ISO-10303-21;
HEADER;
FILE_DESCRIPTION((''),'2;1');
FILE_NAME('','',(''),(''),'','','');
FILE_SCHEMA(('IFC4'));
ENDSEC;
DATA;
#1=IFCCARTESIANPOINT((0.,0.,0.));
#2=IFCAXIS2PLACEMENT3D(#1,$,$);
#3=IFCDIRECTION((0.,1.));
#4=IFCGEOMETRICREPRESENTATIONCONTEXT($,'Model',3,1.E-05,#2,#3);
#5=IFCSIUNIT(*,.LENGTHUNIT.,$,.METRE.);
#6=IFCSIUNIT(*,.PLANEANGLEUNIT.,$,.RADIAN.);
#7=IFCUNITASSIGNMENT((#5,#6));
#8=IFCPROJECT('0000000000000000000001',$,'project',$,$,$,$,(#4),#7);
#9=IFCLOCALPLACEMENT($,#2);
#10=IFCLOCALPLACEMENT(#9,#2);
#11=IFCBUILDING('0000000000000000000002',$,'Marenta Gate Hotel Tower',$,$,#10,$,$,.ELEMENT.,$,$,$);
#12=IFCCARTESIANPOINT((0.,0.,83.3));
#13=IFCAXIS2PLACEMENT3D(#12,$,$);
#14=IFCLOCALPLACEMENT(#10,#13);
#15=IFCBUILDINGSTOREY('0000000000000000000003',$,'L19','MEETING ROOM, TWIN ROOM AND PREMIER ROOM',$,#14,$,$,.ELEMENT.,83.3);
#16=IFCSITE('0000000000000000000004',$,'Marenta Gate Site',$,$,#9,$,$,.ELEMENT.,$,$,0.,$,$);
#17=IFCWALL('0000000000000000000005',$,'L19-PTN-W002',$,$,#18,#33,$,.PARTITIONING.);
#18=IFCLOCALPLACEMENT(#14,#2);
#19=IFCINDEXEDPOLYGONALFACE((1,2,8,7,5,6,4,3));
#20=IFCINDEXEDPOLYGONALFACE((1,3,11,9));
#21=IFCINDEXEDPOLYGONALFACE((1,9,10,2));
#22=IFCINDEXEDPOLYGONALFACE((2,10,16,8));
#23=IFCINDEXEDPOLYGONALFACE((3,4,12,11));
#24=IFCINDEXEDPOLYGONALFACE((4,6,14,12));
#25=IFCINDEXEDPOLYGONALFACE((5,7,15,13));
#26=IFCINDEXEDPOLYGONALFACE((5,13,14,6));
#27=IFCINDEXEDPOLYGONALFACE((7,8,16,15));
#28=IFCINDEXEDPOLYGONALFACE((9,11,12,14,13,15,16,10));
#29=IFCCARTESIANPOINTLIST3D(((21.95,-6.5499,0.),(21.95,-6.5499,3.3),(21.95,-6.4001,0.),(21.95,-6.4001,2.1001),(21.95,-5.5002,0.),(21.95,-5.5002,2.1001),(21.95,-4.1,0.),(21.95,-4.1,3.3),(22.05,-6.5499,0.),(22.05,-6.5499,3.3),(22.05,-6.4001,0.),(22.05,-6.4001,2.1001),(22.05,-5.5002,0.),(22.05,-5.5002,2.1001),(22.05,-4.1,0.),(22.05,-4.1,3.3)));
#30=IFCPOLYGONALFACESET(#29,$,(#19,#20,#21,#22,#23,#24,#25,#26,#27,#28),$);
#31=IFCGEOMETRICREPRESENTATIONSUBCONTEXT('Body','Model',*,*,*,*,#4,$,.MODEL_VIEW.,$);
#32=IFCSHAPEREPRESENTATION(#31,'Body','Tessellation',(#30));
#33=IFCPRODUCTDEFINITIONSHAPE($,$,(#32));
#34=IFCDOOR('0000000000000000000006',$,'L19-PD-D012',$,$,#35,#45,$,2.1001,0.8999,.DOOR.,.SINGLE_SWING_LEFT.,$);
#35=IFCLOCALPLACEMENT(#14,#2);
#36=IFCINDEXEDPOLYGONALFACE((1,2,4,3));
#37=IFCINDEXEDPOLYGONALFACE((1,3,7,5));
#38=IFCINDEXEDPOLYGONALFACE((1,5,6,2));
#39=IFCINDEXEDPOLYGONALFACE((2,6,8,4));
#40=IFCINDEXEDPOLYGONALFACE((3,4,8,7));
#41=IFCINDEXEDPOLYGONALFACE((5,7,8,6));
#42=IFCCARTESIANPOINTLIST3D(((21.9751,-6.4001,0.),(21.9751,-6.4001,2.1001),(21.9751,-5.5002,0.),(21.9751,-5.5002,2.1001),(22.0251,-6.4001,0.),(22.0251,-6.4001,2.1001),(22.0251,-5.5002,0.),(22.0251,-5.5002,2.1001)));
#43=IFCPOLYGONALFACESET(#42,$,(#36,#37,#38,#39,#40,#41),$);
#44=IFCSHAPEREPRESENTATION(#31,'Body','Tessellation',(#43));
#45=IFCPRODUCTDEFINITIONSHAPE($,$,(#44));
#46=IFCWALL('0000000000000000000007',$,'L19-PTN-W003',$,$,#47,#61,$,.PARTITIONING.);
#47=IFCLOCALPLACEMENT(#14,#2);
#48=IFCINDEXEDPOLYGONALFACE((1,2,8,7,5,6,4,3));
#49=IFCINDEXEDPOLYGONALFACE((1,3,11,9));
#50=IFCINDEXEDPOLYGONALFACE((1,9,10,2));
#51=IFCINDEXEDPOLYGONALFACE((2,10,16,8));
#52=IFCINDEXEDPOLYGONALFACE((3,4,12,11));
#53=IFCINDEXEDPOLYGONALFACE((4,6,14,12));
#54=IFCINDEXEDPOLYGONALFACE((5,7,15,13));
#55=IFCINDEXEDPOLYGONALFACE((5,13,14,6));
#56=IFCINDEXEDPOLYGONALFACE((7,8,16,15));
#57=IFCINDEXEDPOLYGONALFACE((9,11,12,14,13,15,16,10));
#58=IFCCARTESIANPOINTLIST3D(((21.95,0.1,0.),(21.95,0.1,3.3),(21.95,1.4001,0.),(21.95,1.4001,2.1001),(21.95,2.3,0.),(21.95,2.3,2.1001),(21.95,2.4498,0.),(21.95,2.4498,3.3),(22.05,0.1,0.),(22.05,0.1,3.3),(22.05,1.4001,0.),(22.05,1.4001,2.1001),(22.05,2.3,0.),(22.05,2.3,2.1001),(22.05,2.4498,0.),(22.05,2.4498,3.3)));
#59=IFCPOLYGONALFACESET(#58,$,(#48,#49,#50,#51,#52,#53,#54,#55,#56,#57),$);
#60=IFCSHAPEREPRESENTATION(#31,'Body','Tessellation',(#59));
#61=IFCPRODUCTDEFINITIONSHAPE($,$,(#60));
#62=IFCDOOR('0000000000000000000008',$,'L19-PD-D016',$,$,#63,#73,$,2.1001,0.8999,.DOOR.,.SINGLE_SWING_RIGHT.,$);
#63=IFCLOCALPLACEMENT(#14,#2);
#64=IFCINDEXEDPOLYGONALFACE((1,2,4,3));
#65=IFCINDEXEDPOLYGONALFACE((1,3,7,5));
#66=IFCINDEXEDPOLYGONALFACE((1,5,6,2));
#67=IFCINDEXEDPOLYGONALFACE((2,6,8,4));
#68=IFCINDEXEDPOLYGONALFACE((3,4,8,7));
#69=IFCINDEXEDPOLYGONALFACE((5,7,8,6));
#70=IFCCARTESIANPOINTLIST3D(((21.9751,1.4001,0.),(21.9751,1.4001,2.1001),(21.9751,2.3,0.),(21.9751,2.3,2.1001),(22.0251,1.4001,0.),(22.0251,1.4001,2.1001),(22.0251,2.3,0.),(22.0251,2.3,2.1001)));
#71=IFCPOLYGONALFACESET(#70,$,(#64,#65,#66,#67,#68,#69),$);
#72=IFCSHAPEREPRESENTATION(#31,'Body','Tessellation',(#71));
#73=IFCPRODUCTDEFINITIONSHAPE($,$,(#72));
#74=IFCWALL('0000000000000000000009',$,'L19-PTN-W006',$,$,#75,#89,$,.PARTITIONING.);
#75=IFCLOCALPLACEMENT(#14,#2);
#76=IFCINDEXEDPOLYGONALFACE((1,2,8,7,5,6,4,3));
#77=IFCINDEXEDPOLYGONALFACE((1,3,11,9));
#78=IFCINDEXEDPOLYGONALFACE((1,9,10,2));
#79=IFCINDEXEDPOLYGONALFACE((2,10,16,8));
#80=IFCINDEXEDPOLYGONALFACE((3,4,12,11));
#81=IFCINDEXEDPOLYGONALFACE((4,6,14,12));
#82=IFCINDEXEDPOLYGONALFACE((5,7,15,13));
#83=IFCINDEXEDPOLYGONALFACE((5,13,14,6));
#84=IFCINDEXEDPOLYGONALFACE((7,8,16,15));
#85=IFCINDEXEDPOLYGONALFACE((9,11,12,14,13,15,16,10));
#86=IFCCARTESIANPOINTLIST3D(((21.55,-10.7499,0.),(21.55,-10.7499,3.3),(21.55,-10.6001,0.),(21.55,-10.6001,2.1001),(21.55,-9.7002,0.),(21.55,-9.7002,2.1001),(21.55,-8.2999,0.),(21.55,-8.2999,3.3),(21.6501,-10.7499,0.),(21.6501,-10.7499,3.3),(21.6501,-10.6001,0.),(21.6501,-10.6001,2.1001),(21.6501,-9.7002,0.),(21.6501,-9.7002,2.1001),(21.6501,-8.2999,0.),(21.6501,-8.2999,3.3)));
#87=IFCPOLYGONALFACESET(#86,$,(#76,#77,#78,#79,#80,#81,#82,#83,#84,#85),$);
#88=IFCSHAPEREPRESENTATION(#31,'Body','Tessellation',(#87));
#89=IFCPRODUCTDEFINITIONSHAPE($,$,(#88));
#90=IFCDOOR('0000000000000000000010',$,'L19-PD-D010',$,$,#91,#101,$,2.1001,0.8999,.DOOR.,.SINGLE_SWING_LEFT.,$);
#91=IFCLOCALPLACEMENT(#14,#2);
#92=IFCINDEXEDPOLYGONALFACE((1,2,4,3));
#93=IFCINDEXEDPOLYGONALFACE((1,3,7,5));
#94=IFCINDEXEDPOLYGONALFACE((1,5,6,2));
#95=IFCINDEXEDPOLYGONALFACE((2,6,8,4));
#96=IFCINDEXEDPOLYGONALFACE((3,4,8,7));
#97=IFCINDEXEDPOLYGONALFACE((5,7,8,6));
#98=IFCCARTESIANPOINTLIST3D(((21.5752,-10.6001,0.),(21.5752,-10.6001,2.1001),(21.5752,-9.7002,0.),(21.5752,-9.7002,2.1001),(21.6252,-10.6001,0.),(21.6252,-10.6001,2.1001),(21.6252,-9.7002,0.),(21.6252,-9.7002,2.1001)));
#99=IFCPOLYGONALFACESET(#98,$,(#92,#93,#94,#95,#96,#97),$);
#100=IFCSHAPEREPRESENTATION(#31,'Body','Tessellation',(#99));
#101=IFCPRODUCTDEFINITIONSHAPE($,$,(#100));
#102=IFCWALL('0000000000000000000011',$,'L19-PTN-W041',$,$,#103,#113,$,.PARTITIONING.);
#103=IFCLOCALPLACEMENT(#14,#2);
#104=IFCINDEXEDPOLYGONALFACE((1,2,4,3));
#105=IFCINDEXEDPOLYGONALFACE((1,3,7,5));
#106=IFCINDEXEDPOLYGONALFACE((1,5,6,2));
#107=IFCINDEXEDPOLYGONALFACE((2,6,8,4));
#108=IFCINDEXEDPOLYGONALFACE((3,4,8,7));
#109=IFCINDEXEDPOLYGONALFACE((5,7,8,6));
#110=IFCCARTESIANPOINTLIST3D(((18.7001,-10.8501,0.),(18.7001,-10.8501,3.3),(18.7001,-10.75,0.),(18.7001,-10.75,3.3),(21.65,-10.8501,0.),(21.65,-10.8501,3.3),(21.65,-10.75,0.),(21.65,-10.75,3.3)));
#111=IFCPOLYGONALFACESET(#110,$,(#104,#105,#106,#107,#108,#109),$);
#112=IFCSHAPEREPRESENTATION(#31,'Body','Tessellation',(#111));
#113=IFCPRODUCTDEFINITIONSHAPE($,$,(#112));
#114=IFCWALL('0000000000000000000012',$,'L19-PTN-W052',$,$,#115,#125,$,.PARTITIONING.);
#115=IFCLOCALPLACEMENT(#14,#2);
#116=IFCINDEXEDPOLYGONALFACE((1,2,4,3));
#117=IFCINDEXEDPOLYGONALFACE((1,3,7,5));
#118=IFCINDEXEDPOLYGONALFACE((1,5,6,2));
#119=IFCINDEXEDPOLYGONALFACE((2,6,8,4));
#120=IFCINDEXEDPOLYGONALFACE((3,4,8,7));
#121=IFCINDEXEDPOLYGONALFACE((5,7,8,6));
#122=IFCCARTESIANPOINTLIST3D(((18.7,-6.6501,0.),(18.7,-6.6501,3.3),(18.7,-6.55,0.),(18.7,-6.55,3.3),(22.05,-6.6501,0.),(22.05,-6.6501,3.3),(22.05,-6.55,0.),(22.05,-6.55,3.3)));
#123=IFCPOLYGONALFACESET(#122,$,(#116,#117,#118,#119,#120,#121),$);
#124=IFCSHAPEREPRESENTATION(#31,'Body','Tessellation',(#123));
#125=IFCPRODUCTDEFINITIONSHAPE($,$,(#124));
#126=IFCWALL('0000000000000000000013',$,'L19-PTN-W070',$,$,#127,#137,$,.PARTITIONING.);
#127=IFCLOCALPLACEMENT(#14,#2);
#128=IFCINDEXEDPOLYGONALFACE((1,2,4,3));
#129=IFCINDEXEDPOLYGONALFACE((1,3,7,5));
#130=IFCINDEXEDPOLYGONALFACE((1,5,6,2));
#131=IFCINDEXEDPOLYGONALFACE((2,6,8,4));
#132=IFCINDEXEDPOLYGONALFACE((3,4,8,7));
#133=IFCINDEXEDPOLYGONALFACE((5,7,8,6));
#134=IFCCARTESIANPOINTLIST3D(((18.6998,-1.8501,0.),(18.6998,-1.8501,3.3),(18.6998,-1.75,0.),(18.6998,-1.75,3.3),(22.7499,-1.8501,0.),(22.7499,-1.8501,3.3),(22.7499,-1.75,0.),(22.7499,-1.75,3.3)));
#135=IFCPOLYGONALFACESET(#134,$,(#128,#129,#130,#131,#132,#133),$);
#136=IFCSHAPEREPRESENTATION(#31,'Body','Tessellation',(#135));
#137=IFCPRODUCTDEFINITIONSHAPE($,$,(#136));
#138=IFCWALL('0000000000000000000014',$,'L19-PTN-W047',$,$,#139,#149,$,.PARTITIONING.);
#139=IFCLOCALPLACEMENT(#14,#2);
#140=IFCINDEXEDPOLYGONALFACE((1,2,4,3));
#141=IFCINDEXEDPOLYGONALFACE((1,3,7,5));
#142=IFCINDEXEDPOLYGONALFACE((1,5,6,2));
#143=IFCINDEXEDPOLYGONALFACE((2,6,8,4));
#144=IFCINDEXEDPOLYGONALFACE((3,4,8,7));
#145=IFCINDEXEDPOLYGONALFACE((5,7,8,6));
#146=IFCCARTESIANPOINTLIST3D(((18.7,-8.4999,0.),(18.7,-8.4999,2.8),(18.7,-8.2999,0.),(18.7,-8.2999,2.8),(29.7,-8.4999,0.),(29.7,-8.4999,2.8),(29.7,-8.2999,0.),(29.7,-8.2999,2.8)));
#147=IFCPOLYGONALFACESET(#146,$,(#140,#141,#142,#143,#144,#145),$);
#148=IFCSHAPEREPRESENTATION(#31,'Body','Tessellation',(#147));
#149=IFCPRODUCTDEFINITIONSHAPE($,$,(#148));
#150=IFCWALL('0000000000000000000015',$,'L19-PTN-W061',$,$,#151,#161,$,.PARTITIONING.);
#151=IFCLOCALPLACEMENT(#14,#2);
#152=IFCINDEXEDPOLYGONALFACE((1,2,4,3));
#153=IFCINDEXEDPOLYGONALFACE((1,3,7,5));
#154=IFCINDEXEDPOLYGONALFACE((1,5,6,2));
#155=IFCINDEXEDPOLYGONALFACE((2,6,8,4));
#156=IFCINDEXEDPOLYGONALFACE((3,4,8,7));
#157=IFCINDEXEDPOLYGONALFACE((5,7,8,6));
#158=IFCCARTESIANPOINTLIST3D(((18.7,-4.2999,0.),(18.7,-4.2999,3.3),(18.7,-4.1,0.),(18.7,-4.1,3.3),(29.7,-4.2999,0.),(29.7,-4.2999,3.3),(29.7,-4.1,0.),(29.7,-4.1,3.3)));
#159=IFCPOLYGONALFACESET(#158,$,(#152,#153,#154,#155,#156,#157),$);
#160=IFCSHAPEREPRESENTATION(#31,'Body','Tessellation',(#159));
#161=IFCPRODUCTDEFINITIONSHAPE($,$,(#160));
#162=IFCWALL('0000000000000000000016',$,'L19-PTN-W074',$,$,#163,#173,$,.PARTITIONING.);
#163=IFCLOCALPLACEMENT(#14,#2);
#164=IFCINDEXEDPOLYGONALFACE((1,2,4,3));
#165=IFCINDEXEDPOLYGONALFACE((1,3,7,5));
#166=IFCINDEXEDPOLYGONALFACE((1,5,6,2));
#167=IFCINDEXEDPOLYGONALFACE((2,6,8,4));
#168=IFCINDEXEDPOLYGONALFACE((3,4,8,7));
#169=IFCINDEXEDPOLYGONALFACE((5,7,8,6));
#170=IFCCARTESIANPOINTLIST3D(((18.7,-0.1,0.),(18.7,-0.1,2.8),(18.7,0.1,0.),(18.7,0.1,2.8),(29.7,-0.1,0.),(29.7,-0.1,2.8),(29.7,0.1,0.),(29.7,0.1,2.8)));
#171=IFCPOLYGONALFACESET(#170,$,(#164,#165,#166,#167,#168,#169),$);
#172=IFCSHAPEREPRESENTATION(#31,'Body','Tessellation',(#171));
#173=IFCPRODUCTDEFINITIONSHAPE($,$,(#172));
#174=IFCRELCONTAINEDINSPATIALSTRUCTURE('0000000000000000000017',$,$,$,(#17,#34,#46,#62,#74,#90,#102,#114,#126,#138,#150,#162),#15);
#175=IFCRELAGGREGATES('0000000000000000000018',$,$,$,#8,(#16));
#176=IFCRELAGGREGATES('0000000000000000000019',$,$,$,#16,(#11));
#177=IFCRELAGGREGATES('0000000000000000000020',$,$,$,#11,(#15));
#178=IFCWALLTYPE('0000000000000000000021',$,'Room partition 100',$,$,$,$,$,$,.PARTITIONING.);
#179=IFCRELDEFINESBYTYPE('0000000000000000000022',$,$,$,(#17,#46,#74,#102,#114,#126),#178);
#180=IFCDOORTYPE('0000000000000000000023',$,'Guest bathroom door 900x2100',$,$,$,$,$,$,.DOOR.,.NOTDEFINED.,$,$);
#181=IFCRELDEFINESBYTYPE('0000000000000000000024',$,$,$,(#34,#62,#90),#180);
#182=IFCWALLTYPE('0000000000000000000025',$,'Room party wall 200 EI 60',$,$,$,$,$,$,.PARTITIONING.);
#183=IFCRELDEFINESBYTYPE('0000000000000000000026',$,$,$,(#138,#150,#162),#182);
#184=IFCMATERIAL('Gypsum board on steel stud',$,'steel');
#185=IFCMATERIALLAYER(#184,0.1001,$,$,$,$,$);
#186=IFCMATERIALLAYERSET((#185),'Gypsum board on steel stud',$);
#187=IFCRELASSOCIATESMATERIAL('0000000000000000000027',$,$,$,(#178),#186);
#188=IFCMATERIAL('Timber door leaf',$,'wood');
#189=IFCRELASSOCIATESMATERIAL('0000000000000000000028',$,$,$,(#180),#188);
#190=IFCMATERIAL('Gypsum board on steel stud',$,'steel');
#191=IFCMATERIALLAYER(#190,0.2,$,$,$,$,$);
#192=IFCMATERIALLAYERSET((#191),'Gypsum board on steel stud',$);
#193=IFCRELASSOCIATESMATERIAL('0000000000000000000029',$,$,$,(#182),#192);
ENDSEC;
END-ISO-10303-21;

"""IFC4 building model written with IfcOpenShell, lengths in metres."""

from ifc_helpers import new_model, si_unit, direction, frame, frame_2d, origin, place, context, subcontext, project, spatial, rectangle, extrude, material, layer, layer_set, type_object, element, fill, save


model = new_model("IFC4")

# Units and contexts
model_context = context("Model", 3, precision=1e-05, world=origin(), true_north=direction((0.0, 1.0)))
body_context = subcontext(model_context, "Body", "Model", "MODEL_VIEW")
ifc_project = project(units=[si_unit("LENGTHUNIT", "METRE"), si_unit("PLANEANGLEUNIT", "RADIAN")], contexts=[model_context])

# Site, building, storey
site_placement = place(None, origin())
site = spatial("IfcSite", under=ifc_project, at=site_placement, Name="Marenta Gate Site", CompositionType="ELEMENT", RefElevation=0.0)
building_placement = place(site_placement, origin())
building = spatial("IfcBuilding", under=site, at=building_placement, Name="Marenta Gate Hotel Tower", CompositionType="ELEMENT")
storey_placement = place(building_placement, frame((0.0, 0.0, 83.3)))
storey = spatial("IfcBuildingStorey", under=building, at=storey_placement, Name="L19", Description="MEETING ROOM, TWIN ROOM AND PREMIER ROOM", CompositionType="ELEMENT", Elevation=83.3)

# Walls, openings, doors
ifc_material_1 = material(Name="Gypsum board on steel stud", Category="steel")
ifc_layer_1 = layer(ifc_material_1, 0.1001)
ifc_layer_set_1 = layer_set([ifc_layer_1], Name="Gypsum board on steel stud")
wall_type_1 = type_object("IfcWallType", Name="Room partition 100", PredefinedType="PARTITIONING", material=ifc_layer_set_1)
ifc_material_2 = material(Name="Timber door leaf", Category="wood")
door_type = type_object("IfcDoorType", Name="Guest bathroom door 900x2100", OperationType="NOTDEFINED", PredefinedType="DOOR", material=ifc_material_2)
wall_1_placement = place(storey_placement, frame((22.0, -6.55, 0.0), z_axis=(0.0, 0.0, 1.0), x_axis=(0.0, 1.0, 0.0)))
wall_1 = element("IfcWall", 1, at=wall_1_placement, inside=storey, type_object=wall_type_1, Name="L19-PTN-W002", PredefinedType="PARTITIONING", context=body_context, shape_type="SweptSolid", body=[
    extrude(rectangle(XDim=2.45, YDim=0.1001, at=frame_2d((1.2251, 0.0))), origin(), (0.0, 0.0, 1.0), 3.3),
])
opening_1_placement = place(wall_1_placement, frame((0.1499, 0.0, 0.0)))
opening_1 = element("IfcOpeningElement", 2, at=opening_1_placement, cuts=wall_1, PredefinedType="OPENING", context=body_context, shape_type="SweptSolid", body=[
    extrude(rectangle(XDim=0.8999, YDim=2.1001, at=frame_2d((0.45, 1.05))), frame((0.0, 0.05, 0.0), z_axis=(0.0, -1.0, 0.0), x_axis=(1.0, 0.0, 0.0)), (0.0, 0.0, 1.0), 0.1001),
])
door_1_placement = place(opening_1_placement, origin())
door_1 = element("IfcDoor", 3, at=door_1_placement, inside=storey, type_object=door_type, Name="L19-PD-D012", OperationType="SINGLE_SWING_LEFT", OverallHeight=2.1001, OverallWidth=0.8999, PredefinedType="DOOR", context=body_context, shape_type="SweptSolid", body=[
    extrude(rectangle(XDim=0.8999, YDim=2.1001, at=frame_2d((0.45, 1.05))), frame((0.0, 0.0249, 0.0), z_axis=(0.0, -1.0, 0.0), x_axis=(1.0, 0.0, 0.0)), (0.0, 0.0, 1.0), 0.05),
])
fill(opening_1, door_1)
wall_2_placement = place(storey_placement, frame((22.0, 0.1001, 0.0), z_axis=(0.0, 0.0, 1.0), x_axis=(0.0, 1.0, 0.0)))
wall_2 = element("IfcWall", 4, at=wall_2_placement, inside=storey, type_object=wall_type_1, Name="L19-PTN-W003", PredefinedType="PARTITIONING", context=body_context, shape_type="SweptSolid", body=[
    extrude(rectangle(XDim=2.3499, YDim=0.1001, at=frame_2d((1.1748, 0.0))), origin(), (0.0, 0.0, 1.0), 3.3),
])
opening_2_placement = place(wall_2_placement, frame((1.3, 0.0, 0.0)))
opening_2 = element("IfcOpeningElement", 5, at=opening_2_placement, cuts=wall_2, PredefinedType="OPENING", context=body_context, shape_type="SweptSolid", body=[
    extrude(rectangle(XDim=0.8999, YDim=2.1001, at=frame_2d((0.45, 1.05))), frame((0.0, 0.05, 0.0), z_axis=(0.0, -1.0, 0.0), x_axis=(1.0, 0.0, 0.0)), (0.0, 0.0, 1.0), 0.1001),
])
door_2_placement = place(opening_2_placement, origin())
door_2 = element("IfcDoor", 6, at=door_2_placement, inside=storey, type_object=door_type, Name="L19-PD-D016", OperationType="SINGLE_SWING_RIGHT", OverallHeight=2.1001, OverallWidth=0.8999, PredefinedType="DOOR", context=body_context, shape_type="SweptSolid", body=[
    extrude(rectangle(XDim=0.8999, YDim=2.1001, at=frame_2d((0.45, 1.05))), frame((0.0, 0.0249, 0.0), z_axis=(0.0, -1.0, 0.0), x_axis=(1.0, 0.0, 0.0)), (0.0, 0.0, 1.0), 0.05),
])
fill(opening_2, door_2)
wall_3_placement = place(storey_placement, frame((21.6001, -10.75, 0.0), z_axis=(0.0, 0.0, 1.0), x_axis=(0.0, 1.0, 0.0)))
wall_3 = element("IfcWall", 7, at=wall_3_placement, inside=storey, type_object=wall_type_1, Name="L19-PTN-W006", PredefinedType="PARTITIONING", context=body_context, shape_type="SweptSolid", body=[
    extrude(rectangle(XDim=2.45, YDim=0.1001, at=frame_2d((1.2251, 0.0))), origin(), (0.0, 0.0, 1.0), 3.3),
])
opening_3_placement = place(wall_3_placement, frame((0.1499, 0.0, 0.0)))
opening_3 = element("IfcOpeningElement", 8, at=opening_3_placement, cuts=wall_3, PredefinedType="OPENING", context=body_context, shape_type="SweptSolid", body=[
    extrude(rectangle(XDim=0.8999, YDim=2.1001, at=frame_2d((0.45, 1.05))), frame((0.0, 0.05, 0.0), z_axis=(0.0, -1.0, 0.0), x_axis=(1.0, 0.0, 0.0)), (0.0, 0.0, 1.0), 0.1001),
])
door_3_placement = place(opening_3_placement, origin())
door_3 = element("IfcDoor", 9, at=door_3_placement, inside=storey, type_object=door_type, Name="L19-PD-D010", OperationType="SINGLE_SWING_LEFT", OverallHeight=2.1001, OverallWidth=0.8999, PredefinedType="DOOR", context=body_context, shape_type="SweptSolid", body=[
    extrude(rectangle(XDim=0.8999, YDim=2.1001, at=frame_2d((0.45, 1.05))), frame((0.0, 0.0249, 0.0), z_axis=(0.0, -1.0, 0.0), x_axis=(1.0, 0.0, 0.0)), (0.0, 0.0, 1.0), 0.05),
])
fill(opening_3, door_3)

# Walls
wall_4_placement = place(storey_placement, frame((18.7, -10.8, 0.0), z_axis=(0.0, 0.0, 1.0), x_axis=(1.0, 0.0, 0.0)))
element("IfcWall", 10, at=wall_4_placement, inside=storey, type_object=wall_type_1, Name="L19-PTN-W041", PredefinedType="PARTITIONING", context=body_context, shape_type="SweptSolid", body=[
    extrude(rectangle(XDim=2.95, YDim=0.1001, at=frame_2d((1.4751, 0.0))), origin(), (0.0, 0.0, 1.0), 3.3),
])
wall_5_placement = place(storey_placement, frame((18.7, -6.6001, 0.0), z_axis=(0.0, 0.0, 1.0), x_axis=(1.0, 0.0, 0.0)))
element("IfcWall", 11, at=wall_5_placement, inside=storey, type_object=wall_type_1, Name="L19-PTN-W052", PredefinedType="PARTITIONING", context=body_context, shape_type="SweptSolid", body=[
    extrude(rectangle(XDim=3.3501, YDim=0.1001, at=frame_2d((1.675, 0.0))), origin(), (0.0, 0.0, 1.0), 3.3),
])
wall_6_placement = place(storey_placement, frame((18.7, -1.8, 0.0), z_axis=(0.0, 0.0, 1.0), x_axis=(1.0, 0.0, 0.0)))
element("IfcWall", 12, at=wall_6_placement, inside=storey, type_object=wall_type_1, Name="L19-PTN-W070", PredefinedType="PARTITIONING", context=body_context, shape_type="SweptSolid", body=[
    extrude(rectangle(XDim=4.05, YDim=0.1001, at=frame_2d((2.0249, 0.0))), origin(), (0.0, 0.0, 1.0), 3.3),
])
ifc_material_3 = material(Name="Gypsum board on steel stud", Category="steel")
ifc_layer_2 = layer(ifc_material_3, 0.2)
ifc_layer_set_2 = layer_set([ifc_layer_2], Name="Gypsum board on steel stud")
wall_type_2 = type_object("IfcWallType", Name="Room party wall 200 EI 60", PredefinedType="PARTITIONING", material=ifc_layer_set_2)
wall_7_placement = place(storey_placement, frame((18.7, -8.3999, 0.0), z_axis=(0.0, 0.0, 1.0), x_axis=(1.0, 0.0, 0.0)))
element("IfcWall", 13, at=wall_7_placement, inside=storey, type_object=wall_type_2, Name="L19-PTN-W047", PredefinedType="PARTITIONING", context=body_context, shape_type="SweptSolid", body=[
    extrude(rectangle(XDim=11.0, YDim=0.2, at=frame_2d((5.5, 0.0))), origin(), (0.0, 0.0, 1.0), 2.8),
])
wall_8_placement = place(storey_placement, frame((18.7, -4.2, 0.0), z_axis=(0.0, 0.0, 1.0), x_axis=(1.0, 0.0, 0.0)))
element("IfcWall", 14, at=wall_8_placement, inside=storey, type_object=wall_type_2, Name="L19-PTN-W061", PredefinedType="PARTITIONING", context=body_context, shape_type="SweptSolid", body=[
    extrude(rectangle(XDim=11.0, YDim=0.2, at=frame_2d((5.5, 0.0))), origin(), (0.0, 0.0, 1.0), 3.3),
])
wall_9_placement = place(storey_placement, frame((18.7, 0.0, 0.0), z_axis=(0.0, 0.0, 1.0), x_axis=(1.0, 0.0, 0.0)))
element("IfcWall", 15, at=wall_9_placement, inside=storey, type_object=wall_type_2, Name="L19-PTN-W074", PredefinedType="PARTITIONING", context=body_context, shape_type="SweptSolid", body=[
    extrude(rectangle(XDim=11.0, YDim=0.2, at=frame_2d((5.5, 0.0))), origin(), (0.0, 0.0, 1.0), 2.8),
])

save(model, "model.ifc")
